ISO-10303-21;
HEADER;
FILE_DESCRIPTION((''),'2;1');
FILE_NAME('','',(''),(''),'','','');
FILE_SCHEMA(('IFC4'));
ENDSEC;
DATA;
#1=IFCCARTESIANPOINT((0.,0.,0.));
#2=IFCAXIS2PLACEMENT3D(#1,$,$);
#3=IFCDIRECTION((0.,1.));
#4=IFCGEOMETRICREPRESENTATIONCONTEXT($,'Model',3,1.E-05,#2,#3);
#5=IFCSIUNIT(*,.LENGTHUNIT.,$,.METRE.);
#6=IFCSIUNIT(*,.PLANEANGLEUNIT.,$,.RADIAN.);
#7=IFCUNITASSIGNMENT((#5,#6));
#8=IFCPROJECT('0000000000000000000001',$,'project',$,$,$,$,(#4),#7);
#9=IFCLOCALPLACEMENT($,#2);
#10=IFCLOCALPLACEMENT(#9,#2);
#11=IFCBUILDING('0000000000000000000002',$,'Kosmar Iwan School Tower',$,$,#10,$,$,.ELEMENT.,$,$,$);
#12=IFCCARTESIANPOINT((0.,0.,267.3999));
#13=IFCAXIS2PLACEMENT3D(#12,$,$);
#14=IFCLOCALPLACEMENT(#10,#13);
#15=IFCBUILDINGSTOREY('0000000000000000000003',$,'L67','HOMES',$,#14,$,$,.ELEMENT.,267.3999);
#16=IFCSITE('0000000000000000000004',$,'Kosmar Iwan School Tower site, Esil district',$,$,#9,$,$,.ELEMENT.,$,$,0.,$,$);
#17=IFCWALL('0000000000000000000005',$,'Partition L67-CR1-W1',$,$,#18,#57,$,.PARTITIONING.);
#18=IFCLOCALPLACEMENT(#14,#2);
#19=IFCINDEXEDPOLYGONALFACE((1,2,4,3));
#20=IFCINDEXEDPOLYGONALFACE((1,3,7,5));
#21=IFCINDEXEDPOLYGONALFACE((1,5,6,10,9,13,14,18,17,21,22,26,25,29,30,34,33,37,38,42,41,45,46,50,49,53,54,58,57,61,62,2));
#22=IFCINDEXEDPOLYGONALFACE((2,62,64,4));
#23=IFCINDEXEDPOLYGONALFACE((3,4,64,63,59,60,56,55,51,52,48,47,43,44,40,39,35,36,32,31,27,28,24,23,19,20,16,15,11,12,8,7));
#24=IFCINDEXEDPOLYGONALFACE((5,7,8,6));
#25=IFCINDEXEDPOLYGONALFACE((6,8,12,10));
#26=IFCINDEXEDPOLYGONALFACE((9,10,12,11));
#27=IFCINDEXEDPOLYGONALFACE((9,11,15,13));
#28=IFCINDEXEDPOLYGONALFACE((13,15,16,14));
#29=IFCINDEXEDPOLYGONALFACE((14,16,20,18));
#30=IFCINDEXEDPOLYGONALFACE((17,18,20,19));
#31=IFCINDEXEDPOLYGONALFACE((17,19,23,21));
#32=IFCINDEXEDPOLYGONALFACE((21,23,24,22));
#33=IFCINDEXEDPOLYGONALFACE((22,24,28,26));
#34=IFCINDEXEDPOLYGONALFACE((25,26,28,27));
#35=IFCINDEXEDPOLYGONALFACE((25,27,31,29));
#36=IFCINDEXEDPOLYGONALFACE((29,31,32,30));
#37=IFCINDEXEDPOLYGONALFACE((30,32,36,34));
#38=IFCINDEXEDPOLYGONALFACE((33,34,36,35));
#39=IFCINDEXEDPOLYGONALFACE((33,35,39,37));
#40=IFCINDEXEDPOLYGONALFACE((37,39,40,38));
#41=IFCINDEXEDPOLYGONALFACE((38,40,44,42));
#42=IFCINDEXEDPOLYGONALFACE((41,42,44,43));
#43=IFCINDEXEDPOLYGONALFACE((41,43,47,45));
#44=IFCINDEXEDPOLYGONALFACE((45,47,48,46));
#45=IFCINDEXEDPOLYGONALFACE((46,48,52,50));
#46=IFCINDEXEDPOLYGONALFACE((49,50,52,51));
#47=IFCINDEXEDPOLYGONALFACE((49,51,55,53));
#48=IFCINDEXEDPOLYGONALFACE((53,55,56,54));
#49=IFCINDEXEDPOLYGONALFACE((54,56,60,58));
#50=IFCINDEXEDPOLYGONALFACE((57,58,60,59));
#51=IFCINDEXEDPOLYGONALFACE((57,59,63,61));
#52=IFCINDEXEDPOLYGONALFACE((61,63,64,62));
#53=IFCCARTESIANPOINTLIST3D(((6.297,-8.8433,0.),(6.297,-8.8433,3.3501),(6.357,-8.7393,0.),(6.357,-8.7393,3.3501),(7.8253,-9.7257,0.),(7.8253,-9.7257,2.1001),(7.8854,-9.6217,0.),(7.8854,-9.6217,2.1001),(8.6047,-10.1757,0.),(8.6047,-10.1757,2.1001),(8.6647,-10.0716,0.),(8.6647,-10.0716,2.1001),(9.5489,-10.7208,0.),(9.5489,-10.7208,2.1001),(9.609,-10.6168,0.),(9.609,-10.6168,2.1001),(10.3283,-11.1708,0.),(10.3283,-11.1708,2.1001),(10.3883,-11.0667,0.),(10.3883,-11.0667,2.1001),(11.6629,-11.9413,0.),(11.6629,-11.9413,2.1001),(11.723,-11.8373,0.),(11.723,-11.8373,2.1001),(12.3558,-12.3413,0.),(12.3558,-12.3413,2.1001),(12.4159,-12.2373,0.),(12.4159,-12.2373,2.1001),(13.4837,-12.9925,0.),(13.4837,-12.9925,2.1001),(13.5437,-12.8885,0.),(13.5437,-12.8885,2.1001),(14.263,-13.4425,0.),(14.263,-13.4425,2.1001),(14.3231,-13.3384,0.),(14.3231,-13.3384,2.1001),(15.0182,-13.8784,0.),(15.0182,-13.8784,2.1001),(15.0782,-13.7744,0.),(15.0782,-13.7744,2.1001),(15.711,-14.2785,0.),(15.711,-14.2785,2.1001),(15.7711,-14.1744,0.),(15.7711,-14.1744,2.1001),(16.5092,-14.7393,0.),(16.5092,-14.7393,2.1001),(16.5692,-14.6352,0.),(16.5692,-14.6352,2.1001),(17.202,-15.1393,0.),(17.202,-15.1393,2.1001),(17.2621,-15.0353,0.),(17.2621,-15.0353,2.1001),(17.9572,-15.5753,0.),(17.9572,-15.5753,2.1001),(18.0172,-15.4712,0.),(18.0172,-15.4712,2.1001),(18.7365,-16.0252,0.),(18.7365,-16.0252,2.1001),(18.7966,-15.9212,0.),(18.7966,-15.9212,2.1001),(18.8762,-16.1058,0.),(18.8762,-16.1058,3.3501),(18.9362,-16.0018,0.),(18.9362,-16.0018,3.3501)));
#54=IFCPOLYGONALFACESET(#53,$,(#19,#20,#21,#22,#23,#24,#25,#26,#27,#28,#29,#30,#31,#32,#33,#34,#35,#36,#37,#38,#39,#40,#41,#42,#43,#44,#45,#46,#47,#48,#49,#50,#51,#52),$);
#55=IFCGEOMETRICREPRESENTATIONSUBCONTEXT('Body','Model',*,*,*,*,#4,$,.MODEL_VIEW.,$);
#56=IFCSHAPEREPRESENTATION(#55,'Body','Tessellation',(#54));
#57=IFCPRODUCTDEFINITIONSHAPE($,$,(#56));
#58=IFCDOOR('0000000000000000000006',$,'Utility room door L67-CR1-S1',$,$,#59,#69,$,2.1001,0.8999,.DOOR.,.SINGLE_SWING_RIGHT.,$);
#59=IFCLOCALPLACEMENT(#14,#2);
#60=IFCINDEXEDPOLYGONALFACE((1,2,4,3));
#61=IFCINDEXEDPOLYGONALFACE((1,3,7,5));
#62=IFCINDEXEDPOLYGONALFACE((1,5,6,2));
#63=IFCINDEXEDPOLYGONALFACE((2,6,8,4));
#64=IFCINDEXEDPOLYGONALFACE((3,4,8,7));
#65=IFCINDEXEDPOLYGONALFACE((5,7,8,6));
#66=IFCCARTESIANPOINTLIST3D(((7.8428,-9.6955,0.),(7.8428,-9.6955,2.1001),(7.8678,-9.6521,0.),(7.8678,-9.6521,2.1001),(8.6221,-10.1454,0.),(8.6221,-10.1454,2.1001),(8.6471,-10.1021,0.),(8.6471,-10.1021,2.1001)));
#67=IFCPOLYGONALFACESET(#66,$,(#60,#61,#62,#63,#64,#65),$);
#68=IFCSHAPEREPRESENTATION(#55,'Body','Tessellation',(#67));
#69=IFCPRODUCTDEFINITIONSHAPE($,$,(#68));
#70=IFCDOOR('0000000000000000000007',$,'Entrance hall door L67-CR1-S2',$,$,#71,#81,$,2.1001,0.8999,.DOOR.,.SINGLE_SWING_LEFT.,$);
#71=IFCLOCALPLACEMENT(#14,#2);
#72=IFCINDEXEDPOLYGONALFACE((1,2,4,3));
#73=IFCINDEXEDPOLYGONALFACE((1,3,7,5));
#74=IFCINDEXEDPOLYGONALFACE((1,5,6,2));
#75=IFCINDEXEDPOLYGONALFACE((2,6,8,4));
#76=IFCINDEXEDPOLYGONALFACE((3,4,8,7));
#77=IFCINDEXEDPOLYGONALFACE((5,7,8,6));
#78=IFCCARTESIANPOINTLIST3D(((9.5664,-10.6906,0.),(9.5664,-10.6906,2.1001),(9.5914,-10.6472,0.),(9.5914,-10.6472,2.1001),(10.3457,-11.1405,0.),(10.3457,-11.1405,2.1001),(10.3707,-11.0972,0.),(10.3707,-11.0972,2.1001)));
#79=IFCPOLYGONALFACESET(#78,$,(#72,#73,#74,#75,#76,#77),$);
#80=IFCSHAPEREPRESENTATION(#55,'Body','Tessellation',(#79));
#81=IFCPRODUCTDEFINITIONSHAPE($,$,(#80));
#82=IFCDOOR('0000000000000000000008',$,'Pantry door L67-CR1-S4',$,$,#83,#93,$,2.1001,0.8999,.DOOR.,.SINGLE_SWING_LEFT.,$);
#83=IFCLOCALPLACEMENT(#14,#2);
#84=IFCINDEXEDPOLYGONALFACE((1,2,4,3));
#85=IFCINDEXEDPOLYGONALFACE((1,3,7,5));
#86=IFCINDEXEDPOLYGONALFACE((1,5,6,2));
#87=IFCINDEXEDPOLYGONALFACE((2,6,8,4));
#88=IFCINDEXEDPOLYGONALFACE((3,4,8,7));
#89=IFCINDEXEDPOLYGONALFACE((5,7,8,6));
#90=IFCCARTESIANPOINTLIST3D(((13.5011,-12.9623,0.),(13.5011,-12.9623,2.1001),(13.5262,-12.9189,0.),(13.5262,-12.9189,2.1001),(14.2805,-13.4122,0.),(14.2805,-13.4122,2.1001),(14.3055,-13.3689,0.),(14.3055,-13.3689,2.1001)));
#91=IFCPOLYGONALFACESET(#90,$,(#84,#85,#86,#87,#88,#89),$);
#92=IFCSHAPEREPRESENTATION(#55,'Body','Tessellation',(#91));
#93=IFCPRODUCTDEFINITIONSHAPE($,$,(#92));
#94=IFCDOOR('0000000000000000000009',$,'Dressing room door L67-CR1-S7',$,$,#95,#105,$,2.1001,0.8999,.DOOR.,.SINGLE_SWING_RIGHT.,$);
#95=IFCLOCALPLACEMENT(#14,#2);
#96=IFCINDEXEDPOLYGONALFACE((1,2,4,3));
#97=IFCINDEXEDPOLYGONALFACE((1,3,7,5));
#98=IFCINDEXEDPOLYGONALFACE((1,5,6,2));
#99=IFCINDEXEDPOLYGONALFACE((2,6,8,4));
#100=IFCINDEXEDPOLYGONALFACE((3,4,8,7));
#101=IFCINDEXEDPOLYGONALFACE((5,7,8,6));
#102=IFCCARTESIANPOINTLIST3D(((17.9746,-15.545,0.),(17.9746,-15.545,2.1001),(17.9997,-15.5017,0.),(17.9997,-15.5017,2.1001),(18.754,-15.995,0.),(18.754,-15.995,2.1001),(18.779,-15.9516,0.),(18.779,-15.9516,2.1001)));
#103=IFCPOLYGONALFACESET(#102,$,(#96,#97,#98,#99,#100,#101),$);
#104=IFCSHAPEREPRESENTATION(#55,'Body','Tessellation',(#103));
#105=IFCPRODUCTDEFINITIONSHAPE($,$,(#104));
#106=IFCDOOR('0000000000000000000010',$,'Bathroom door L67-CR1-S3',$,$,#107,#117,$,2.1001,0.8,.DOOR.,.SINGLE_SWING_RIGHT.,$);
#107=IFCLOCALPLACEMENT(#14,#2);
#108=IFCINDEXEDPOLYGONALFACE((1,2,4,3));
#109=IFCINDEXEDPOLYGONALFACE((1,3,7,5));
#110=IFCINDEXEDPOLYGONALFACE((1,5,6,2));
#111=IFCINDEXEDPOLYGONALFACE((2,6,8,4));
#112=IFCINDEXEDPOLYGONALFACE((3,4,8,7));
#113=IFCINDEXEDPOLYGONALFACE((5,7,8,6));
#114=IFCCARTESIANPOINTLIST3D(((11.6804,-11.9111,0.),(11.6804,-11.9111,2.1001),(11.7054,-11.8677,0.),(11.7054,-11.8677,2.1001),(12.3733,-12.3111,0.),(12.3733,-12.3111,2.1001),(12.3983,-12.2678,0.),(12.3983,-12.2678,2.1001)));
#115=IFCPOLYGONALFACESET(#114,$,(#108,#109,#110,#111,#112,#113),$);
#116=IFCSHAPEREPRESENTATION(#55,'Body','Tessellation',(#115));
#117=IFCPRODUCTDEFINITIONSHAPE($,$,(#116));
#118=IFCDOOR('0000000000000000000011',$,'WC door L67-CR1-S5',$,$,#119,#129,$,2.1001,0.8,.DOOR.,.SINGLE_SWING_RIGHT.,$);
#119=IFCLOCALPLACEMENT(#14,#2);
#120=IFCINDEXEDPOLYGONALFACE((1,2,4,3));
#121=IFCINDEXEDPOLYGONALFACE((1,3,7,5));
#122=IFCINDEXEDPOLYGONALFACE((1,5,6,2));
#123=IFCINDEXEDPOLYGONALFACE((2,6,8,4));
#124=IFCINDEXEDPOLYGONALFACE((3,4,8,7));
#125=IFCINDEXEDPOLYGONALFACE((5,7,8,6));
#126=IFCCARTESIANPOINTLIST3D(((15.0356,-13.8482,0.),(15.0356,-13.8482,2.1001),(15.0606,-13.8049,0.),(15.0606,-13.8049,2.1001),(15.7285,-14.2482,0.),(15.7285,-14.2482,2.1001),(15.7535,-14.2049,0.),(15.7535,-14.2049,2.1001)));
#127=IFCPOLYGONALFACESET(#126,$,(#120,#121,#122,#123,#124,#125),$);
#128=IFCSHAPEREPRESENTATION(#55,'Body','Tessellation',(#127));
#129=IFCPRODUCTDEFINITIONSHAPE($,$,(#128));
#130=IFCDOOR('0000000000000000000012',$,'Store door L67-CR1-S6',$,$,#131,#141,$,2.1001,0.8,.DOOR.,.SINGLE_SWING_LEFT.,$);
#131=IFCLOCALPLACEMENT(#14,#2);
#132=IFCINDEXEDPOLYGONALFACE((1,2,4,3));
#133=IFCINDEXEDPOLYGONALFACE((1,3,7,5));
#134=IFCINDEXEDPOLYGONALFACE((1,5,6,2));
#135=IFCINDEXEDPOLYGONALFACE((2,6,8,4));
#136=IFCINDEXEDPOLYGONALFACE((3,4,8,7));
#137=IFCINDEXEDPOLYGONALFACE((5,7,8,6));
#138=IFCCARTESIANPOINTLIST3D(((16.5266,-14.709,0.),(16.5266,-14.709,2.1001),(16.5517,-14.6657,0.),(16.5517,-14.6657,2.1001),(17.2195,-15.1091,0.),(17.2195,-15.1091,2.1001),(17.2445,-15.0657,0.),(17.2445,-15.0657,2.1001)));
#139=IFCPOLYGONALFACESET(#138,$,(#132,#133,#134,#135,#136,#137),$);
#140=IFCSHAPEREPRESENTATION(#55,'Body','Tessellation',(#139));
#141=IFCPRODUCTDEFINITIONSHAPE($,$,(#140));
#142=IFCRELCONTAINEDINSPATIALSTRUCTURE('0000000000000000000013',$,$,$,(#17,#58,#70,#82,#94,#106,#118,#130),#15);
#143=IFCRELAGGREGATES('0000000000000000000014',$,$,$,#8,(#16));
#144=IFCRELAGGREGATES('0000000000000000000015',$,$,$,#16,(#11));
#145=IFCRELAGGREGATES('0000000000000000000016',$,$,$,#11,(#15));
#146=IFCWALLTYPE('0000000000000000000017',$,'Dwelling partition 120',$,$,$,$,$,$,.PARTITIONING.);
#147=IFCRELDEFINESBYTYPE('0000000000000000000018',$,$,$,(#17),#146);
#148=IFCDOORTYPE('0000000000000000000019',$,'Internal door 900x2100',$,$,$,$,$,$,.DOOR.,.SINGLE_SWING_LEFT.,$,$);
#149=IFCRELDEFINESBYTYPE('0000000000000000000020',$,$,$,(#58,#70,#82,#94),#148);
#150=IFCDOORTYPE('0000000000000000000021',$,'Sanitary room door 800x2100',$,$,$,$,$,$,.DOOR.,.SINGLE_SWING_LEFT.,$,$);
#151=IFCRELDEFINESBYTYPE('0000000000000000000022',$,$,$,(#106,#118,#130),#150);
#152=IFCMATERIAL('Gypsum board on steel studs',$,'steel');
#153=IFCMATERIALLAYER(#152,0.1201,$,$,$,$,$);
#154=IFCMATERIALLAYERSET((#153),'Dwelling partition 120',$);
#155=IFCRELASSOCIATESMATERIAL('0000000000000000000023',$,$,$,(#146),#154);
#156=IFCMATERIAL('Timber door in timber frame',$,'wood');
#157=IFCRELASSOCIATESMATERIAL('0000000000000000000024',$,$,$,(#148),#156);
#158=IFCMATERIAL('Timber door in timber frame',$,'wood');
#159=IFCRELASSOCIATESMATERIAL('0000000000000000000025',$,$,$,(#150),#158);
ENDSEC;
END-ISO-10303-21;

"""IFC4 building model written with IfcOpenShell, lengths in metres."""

from ifc_helpers import new_model, si_unit, direction, frame, frame_2d, origin, place, context, subcontext, project, spatial, rectangle, extrude, material, layer, layer_set, type_object, element, fill, save


model = new_model("IFC4")

# Units and contexts
model_context = context("Model", 3, precision=1e-05, world=origin(), true_north=direction((0.0, 1.0)))
body_context = subcontext(model_context, "Body", "Model", "MODEL_VIEW")
ifc_project = project(units=[si_unit("LENGTHUNIT", "METRE"), si_unit("PLANEANGLEUNIT", "RADIAN")], contexts=[model_context])

# Site, building, storey
site_placement = place(None, origin())
site = spatial("IfcSite", under=ifc_project, at=site_placement, Name="Kosmar Iwan School Tower site, Esil district", CompositionType="ELEMENT", RefElevation=0.0)
building_placement = place(site_placement, origin())
building = spatial("IfcBuilding", under=site, at=building_placement, Name="Kosmar Iwan School Tower", CompositionType="ELEMENT")
storey_placement = place(building_placement, frame((0.0, 0.0, 267.3999)))
storey = spatial("IfcBuildingStorey", under=building, at=storey_placement, Name="L67", Description="HOMES", CompositionType="ELEMENT", Elevation=267.3999)

# Wall, openings, doors
ifc_material_1 = material(Name="Gypsum board on steel studs", Category="steel")
ifc_layer_1 = layer(ifc_material_1, 0.1201)
ifc_layer_set_1 = layer_set([ifc_layer_1], Name="Dwelling partition 120")
wall_type_1 = type_object("IfcWallType", Name="Dwelling partition 120", PredefinedType="PARTITIONING", material=ifc_layer_set_1)
wall_1_placement = place(storey_placement, frame((6.3269, -8.7913, 0.0), z_axis=(0.0, 0.0, 1.0), x_axis=(0.866028, -0.499995, 0.0)))
wall_1 = element("IfcWall", 1, at=wall_1_placement, inside=storey, type_object=wall_type_1, Name="Partition L67-CR1-W1", PredefinedType="PARTITIONING", context=body_context, shape_type="SweptSolid", body=[
    extrude(rectangle(XDim=14.5251, YDim=0.1201, at=frame_2d((7.2627, 0.0))), origin(), (0.0, 0.0, 1.0), 3.3501),
])
opening_1_placement = place(wall_1_placement, frame((1.7649, 0.0, 0.0)))
opening_1 = element("IfcOpeningElement", 2, at=opening_1_placement, cuts=wall_1, PredefinedType="OPENING", context=body_context, shape_type="SweptSolid", body=[
    extrude(rectangle(XDim=0.8999, YDim=2.1001, at=frame_2d((0.45, 1.05))), frame((0.0, 0.072, 0.0), z_axis=(0.0, -1.0, 0.0), x_axis=(1.0, 0.0, 0.0)), (0.0, 0.0, 1.0), 0.144),
])
opening_2_placement = place(wall_1_placement, frame((3.7551, 0.0, 0.0)))
opening_2 = element("IfcOpeningElement", 3, at=opening_2_placement, cuts=wall_1, PredefinedType="OPENING", context=body_context, shape_type="SweptSolid", body=[
    extrude(rectangle(XDim=0.8999, YDim=2.1001, at=frame_2d((0.45, 1.05))), frame((0.0, 0.072, 0.0), z_axis=(0.0, -1.0, 0.0), x_axis=(1.0, 0.0, 0.0)), (0.0, 0.0, 1.0), 0.144),
])
opening_3_placement = place(wall_1_placement, frame((6.1963, 0.0, 0.0)))
opening_3 = element("IfcOpeningElement", 4, at=opening_3_placement, cuts=wall_1, PredefinedType="OPENING", context=body_context, shape_type="SweptSolid", body=[
    extrude(rectangle(XDim=0.8, YDim=2.1001, at=frame_2d((0.3999, 1.05))), frame((0.0, 0.072, 0.0), z_axis=(0.0, -1.0, 0.0), x_axis=(1.0, 0.0, 0.0)), (0.0, 0.0, 1.0), 0.144),
])
opening_4_placement = place(wall_1_placement, frame((8.2986, 0.0, 0.0)))
opening_4 = element("IfcOpeningElement", 5, at=opening_4_placement, cuts=wall_1, PredefinedType="OPENING", context=body_context, shape_type="SweptSolid", body=[
    extrude(rectangle(XDim=0.8999, YDim=2.1001, at=frame_2d((0.45, 1.05))), frame((0.0, 0.072, 0.0), z_axis=(0.0, -1.0, 0.0), x_axis=(1.0, 0.0, 0.0)), (0.0, 0.0, 1.0), 0.144),
])
opening_5_placement = place(wall_1_placement, frame((10.0706, 0.0, 0.0)))
opening_5 = element("IfcOpeningElement", 6, at=opening_5_placement, cuts=wall_1, PredefinedType="OPENING", context=body_context, shape_type="SweptSolid", body=[
    extrude(rectangle(XDim=0.8, YDim=2.1001, at=frame_2d((0.3999, 1.05))), frame((0.0, 0.072, 0.0), z_axis=(0.0, -1.0, 0.0), x_axis=(1.0, 0.0, 0.0)), (0.0, 0.0, 1.0), 0.144),
])
opening_6_placement = place(wall_1_placement, frame((11.7922, 0.0, 0.0)))
opening_6 = element("IfcOpeningElement", 7, at=opening_6_placement, cuts=wall_1, PredefinedType="OPENING", context=body_context, shape_type="SweptSolid", body=[
    extrude(rectangle(XDim=0.8, YDim=2.1001, at=frame_2d((0.3999, 1.05))), frame((0.0, 0.072, 0.0), z_axis=(0.0, -1.0, 0.0), x_axis=(1.0, 0.0, 0.0)), (0.0, 0.0, 1.0), 0.144),
])
opening_7_placement = place(wall_1_placement, frame((13.4641, 0.0, 0.0)))
opening_7 = element("IfcOpeningElement", 8, at=opening_7_placement, cuts=wall_1, PredefinedType="OPENING", context=body_context, shape_type="SweptSolid", body=[
    extrude(rectangle(XDim=0.8999, YDim=2.1001, at=frame_2d((0.45, 1.05))), frame((0.0, 0.072, 0.0), z_axis=(0.0, -1.0, 0.0), x_axis=(1.0, 0.0, 0.0)), (0.0, 0.0, 1.0), 0.144),
])
ifc_material_2 = material(Name="Timber door in timber frame", Category="wood")
door_type_1 = type_object("IfcDoorType", Name="Internal door 900x2100", OperationType="SINGLE_SWING_LEFT", PredefinedType="DOOR", material=ifc_material_2)
door_1_placement = place(opening_1_placement, origin())
door_1 = element("IfcDoor", 9, at=door_1_placement, inside=storey, type_object=door_type_1, Name="Utility room door L67-CR1-S1", OperationType="SINGLE_SWING_RIGHT", OverallHeight=2.1001, OverallWidth=0.8999, PredefinedType="DOOR", context=body_context, shape_type="SweptSolid", body=[
    extrude(rectangle(XDim=0.8999, YDim=2.1001, at=frame_2d((0.45, 1.05))), frame((0.0, 0.0249, 0.0), z_axis=(0.0, -1.0, 0.0), x_axis=(1.0, 0.0, 0.0)), (0.0, 0.0, 1.0), 0.05),
])
fill(opening_1, door_1)
door_2_placement = place(opening_2_placement, origin())
door_2 = element("IfcDoor", 10, at=door_2_placement, inside=storey, type_object=door_type_1, Name="Entrance hall door L67-CR1-S2", OperationType="SINGLE_SWING_LEFT", OverallHeight=2.1001, OverallWidth=0.8999, PredefinedType="DOOR", context=body_context, shape_type="SweptSolid", body=[
    extrude(rectangle(XDim=0.8999, YDim=2.1001, at=frame_2d((0.45, 1.05))), frame((0.0, 0.0249, 0.0), z_axis=(0.0, -1.0, 0.0), x_axis=(1.0, 0.0, 0.0)), (0.0, 0.0, 1.0), 0.05),
])
fill(opening_2, door_2)
door_3_placement = place(opening_4_placement, origin())
door_3 = element("IfcDoor", 11, at=door_3_placement, inside=storey, type_object=door_type_1, Name="Pantry door L67-CR1-S4", OperationType="SINGLE_SWING_LEFT", OverallHeight=2.1001, OverallWidth=0.8999, PredefinedType="DOOR", context=body_context, shape_type="SweptSolid", body=[
    extrude(rectangle(XDim=0.8999, YDim=2.1001, at=frame_2d((0.45, 1.05))), frame((0.0, 0.0249, 0.0), z_axis=(0.0, -1.0, 0.0), x_axis=(1.0, 0.0, 0.0)), (0.0, 0.0, 1.0), 0.05),
])
fill(opening_4, door_3)
door_4_placement = place(opening_7_placement, origin())
door_4 = element("IfcDoor", 12, at=door_4_placement, inside=storey, type_object=door_type_1, Name="Dressing room door L67-CR1-S7", OperationType="SINGLE_SWING_RIGHT", OverallHeight=2.1001, OverallWidth=0.8999, PredefinedType="DOOR", context=body_context, shape_type="SweptSolid", body=[
    extrude(rectangle(XDim=0.8999, YDim=2.1001, at=frame_2d((0.45, 1.05))), frame((0.0, 0.0249, 0.0), z_axis=(0.0, -1.0, 0.0), x_axis=(1.0, 0.0, 0.0)), (0.0, 0.0, 1.0), 0.05),
])
fill(opening_7, door_4)
ifc_material_3 = material(Name="Timber door in timber frame", Category="wood")
door_type_2 = type_object("IfcDoorType", Name="Sanitary room door 800x2100", OperationType="SINGLE_SWING_LEFT", PredefinedType="DOOR", material=ifc_material_3)
door_5_placement = place(opening_3_placement, origin())
door_5 = element("IfcDoor", 13, at=door_5_placement, inside=storey, type_object=door_type_2, Name="Bathroom door L67-CR1-S3", OperationType="SINGLE_SWING_RIGHT", OverallHeight=2.1001, OverallWidth=0.8, PredefinedType="DOOR", context=body_context, shape_type="SweptSolid", body=[
    extrude(rectangle(XDim=0.8, YDim=2.1001, at=frame_2d((0.3999, 1.05))), frame((0.0, 0.0249, 0.0), z_axis=(0.0, -1.0, 0.0), x_axis=(1.0, 0.0, 0.0)), (0.0, 0.0, 1.0), 0.05),
])
fill(opening_3, door_5)
door_6_placement = place(opening_5_placement, origin())
door_6 = element("IfcDoor", 14, at=door_6_placement, inside=storey, type_object=door_type_2, Name="WC door L67-CR1-S5", OperationType="SINGLE_SWING_RIGHT", OverallHeight=2.1001, OverallWidth=0.8, PredefinedType="DOOR", context=body_context, shape_type="SweptSolid", body=[
    extrude(rectangle(XDim=0.8, YDim=2.1001, at=frame_2d((0.3999, 1.05))), frame((0.0, 0.0249, 0.0), z_axis=(0.0, -1.0, 0.0), x_axis=(1.0, 0.0, 0.0)), (0.0, 0.0, 1.0), 0.05),
])
fill(opening_5, door_6)
door_7_placement = place(opening_6_placement, origin())
door_7 = element("IfcDoor", 15, at=door_7_placement, inside=storey, type_object=door_type_2, Name="Store door L67-CR1-S6", OperationType="SINGLE_SWING_LEFT", OverallHeight=2.1001, OverallWidth=0.8, PredefinedType="DOOR", context=body_context, shape_type="SweptSolid", body=[
    extrude(rectangle(XDim=0.8, YDim=2.1001, at=frame_2d((0.3999, 1.05))), frame((0.0, 0.0249, 0.0), z_axis=(0.0, -1.0, 0.0), x_axis=(1.0, 0.0, 0.0)), (0.0, 0.0, 1.0), 0.05),
])
fill(opening_6, door_7)

save(model, "model.ifc")
